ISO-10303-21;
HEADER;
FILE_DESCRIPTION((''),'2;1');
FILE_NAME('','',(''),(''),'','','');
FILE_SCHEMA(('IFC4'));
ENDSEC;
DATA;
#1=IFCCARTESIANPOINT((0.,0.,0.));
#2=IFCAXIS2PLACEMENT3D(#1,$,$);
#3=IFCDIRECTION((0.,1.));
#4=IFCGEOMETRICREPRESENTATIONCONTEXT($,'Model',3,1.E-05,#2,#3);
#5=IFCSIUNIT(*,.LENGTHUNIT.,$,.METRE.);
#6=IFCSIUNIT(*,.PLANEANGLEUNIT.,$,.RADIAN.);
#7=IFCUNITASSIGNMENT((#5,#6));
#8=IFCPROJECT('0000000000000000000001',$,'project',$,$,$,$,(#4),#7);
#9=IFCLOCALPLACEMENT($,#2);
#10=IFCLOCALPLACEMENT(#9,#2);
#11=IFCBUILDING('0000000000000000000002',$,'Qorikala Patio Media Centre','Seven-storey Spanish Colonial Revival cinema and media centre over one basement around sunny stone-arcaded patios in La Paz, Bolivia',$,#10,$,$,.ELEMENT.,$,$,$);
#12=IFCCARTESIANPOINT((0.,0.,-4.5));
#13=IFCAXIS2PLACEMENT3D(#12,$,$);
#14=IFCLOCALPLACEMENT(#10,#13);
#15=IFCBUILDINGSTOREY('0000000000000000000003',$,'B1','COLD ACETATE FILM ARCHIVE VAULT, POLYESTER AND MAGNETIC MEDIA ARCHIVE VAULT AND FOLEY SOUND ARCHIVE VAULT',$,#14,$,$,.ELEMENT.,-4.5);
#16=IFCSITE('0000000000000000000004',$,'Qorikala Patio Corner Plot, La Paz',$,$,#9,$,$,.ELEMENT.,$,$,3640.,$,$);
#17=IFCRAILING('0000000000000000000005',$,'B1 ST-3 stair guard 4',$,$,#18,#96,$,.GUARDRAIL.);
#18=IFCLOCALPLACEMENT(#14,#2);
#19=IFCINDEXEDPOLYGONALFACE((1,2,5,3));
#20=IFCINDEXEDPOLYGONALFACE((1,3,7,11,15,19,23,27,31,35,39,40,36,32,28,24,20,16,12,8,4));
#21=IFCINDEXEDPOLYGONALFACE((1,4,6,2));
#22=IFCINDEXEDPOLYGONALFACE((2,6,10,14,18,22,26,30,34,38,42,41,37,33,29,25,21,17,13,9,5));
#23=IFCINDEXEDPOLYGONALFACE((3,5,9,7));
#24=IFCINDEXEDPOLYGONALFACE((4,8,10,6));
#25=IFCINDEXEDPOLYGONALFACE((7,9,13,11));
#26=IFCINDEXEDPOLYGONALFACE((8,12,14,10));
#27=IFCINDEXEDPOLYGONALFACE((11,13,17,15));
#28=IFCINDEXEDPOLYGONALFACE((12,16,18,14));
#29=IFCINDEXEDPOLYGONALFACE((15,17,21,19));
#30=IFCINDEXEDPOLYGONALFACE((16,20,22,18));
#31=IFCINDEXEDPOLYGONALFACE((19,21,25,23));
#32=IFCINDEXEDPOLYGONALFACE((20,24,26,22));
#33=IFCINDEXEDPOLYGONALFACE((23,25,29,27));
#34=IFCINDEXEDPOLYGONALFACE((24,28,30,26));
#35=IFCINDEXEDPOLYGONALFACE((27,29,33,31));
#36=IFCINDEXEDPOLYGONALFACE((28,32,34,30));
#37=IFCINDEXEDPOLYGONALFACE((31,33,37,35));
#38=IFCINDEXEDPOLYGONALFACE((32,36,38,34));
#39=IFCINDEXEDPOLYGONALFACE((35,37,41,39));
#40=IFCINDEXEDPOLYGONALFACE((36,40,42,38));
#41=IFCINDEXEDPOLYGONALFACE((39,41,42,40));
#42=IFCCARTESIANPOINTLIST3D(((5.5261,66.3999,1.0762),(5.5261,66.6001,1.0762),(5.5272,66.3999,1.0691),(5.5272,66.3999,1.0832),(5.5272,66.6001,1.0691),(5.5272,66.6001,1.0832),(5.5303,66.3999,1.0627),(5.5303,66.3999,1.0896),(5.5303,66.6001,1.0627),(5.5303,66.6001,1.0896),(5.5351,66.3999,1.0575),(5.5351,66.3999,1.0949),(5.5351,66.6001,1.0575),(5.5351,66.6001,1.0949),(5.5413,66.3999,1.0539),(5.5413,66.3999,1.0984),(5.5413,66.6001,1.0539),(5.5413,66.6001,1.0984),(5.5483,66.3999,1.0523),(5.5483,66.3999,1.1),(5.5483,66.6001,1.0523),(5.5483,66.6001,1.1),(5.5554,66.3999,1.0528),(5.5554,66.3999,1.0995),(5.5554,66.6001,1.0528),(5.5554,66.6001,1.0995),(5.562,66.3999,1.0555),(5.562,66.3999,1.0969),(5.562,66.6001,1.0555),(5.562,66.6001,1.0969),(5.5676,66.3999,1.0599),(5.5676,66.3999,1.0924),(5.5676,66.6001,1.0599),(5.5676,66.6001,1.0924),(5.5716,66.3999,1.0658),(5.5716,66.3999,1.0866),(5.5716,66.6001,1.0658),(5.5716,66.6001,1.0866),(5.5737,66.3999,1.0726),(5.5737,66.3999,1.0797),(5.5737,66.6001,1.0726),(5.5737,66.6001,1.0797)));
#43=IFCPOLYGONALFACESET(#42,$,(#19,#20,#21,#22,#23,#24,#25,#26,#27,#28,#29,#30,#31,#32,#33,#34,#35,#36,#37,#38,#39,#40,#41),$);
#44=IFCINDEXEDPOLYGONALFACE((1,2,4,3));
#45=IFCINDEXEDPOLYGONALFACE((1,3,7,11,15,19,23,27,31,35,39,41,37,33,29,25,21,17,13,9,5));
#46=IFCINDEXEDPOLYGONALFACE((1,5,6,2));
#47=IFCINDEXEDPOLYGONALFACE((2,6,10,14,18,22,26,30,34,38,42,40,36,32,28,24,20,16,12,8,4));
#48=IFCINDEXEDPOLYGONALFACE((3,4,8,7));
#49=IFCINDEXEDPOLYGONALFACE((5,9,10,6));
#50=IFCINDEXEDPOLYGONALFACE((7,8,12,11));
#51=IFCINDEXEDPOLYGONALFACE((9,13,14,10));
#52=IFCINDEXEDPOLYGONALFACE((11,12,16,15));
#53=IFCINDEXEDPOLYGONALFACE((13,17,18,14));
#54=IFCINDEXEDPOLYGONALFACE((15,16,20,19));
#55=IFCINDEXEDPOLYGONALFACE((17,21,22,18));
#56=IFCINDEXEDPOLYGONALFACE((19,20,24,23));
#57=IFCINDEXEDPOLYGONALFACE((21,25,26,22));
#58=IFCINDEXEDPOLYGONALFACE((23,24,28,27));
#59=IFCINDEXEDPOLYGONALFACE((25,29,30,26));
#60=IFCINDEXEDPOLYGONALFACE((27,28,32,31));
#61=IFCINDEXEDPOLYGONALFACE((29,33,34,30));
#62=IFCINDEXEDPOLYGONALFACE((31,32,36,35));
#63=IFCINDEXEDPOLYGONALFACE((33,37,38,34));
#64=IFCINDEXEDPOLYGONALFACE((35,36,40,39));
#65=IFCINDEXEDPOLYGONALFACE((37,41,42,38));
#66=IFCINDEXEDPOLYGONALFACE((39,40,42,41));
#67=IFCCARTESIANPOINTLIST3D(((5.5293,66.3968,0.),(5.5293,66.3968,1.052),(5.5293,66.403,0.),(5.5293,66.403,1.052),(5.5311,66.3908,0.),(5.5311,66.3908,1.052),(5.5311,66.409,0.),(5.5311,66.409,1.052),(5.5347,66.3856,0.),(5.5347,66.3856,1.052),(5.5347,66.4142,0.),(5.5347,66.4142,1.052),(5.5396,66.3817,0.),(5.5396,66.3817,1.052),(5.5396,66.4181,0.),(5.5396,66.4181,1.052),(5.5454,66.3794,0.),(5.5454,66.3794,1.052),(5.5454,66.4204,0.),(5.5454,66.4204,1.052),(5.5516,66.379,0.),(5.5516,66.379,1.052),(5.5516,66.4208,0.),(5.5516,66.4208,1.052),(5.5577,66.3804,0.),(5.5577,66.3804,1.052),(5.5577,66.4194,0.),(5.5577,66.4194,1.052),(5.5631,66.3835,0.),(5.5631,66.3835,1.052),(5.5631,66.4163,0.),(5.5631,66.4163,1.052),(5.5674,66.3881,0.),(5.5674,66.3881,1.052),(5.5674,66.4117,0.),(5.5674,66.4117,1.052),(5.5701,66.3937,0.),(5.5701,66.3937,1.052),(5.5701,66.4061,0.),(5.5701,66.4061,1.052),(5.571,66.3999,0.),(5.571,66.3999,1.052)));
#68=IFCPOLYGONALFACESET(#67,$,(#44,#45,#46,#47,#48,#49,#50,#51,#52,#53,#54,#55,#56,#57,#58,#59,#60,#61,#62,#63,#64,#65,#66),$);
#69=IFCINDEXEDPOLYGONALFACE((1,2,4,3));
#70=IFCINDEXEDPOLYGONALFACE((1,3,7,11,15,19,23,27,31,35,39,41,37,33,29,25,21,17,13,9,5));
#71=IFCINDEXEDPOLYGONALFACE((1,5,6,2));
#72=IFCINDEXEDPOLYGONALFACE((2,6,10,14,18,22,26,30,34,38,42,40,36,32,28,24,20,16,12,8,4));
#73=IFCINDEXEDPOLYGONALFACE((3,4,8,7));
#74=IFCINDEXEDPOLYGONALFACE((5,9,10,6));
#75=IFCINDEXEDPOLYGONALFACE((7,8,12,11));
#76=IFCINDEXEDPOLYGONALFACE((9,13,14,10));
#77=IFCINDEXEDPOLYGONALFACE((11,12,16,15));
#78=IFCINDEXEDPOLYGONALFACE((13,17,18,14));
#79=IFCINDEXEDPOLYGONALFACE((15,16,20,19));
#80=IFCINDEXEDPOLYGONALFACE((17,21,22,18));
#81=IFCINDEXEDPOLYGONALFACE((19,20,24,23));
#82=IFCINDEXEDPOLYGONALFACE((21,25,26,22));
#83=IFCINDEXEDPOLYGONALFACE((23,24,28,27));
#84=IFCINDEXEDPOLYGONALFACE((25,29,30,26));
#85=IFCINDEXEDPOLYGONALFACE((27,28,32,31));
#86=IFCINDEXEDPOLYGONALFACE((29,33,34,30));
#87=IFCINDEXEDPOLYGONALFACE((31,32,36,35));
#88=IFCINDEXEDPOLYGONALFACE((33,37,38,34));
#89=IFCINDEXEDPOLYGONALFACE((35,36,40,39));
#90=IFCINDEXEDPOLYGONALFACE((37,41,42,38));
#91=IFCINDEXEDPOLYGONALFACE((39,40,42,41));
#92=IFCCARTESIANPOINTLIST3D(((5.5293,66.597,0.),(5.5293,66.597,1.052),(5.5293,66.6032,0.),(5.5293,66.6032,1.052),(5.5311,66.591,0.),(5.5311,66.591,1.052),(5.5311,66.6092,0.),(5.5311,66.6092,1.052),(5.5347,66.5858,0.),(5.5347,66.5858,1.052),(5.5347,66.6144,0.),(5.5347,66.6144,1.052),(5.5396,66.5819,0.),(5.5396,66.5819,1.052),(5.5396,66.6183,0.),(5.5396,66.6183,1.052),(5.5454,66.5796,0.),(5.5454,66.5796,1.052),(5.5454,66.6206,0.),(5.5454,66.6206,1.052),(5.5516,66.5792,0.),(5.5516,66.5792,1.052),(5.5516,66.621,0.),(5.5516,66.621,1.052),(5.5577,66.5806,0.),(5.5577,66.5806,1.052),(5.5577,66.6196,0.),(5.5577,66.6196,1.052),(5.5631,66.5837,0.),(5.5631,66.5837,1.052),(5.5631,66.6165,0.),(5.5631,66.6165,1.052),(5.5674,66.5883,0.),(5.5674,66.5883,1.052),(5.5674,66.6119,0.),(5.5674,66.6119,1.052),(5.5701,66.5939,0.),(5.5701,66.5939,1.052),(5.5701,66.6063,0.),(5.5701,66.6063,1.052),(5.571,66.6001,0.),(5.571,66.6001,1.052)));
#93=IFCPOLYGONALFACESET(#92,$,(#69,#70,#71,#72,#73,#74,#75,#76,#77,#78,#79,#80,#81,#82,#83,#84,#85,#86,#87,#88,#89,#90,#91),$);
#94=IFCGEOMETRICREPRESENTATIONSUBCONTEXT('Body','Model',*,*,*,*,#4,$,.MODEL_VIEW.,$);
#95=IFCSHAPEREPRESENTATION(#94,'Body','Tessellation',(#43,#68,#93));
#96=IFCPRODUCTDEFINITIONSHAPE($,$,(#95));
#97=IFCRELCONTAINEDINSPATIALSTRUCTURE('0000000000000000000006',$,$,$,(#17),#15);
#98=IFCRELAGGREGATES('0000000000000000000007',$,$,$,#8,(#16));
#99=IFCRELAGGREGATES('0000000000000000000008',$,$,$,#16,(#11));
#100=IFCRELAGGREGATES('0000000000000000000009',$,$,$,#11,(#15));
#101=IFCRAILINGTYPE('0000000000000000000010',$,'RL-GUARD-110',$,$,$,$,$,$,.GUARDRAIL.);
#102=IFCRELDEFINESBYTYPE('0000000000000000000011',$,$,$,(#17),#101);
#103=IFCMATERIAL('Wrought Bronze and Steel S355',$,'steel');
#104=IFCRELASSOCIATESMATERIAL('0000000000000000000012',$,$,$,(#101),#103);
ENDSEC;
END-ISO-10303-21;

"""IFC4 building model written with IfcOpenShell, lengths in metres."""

from ifc_helpers import new_model, si_unit, direction, frame, origin, origin_2d, place, context, subcontext, project, spatial, circle, extrude, material, type_object, element, save


model = new_model("IFC4")

# Units and contexts
model_context = context("Model", 3, precision=1e-05, world=origin(), true_north=direction((0.0, 1.0)))
body_context = subcontext(model_context, "Body", "Model", "MODEL_VIEW")
ifc_project = project(units=[si_unit("LENGTHUNIT", "METRE"), si_unit("PLANEANGLEUNIT", "RADIAN")], contexts=[model_context])

# Site, building, storey
site_placement = place(None, origin())
site = spatial("IfcSite", under=ifc_project, at=site_placement, Name="Qorikala Patio Corner Plot, La Paz", CompositionType="ELEMENT", RefElevation=3640.0)
building_placement = place(site_placement, origin())
building = spatial("IfcBuilding", under=site, at=building_placement, Name="Qorikala Patio Media Centre", Description="Seven-storey Spanish Colonial Revival cinema and media centre over one basement around sunny stone-arcaded patios in La Paz, Bolivia", CompositionType="ELEMENT")
storey_placement = place(building_placement, frame((0.0, 0.0, -4.5)))
storey = spatial("IfcBuildingStorey", under=building, at=storey_placement, Name="B1", Description="COLD ACETATE FILM ARCHIVE VAULT, POLYESTER AND MAGNETIC MEDIA ARCHIVE VAULT AND FOLEY SOUND ARCHIVE VAULT", CompositionType="ELEMENT", Elevation=-4.5)

# Railing
ifc_material_1 = material(Name="Wrought Bronze and Steel S355", Category="steel")
railing_type_1 = type_object("IfcRailingType", Name="RL-GUARD-110", PredefinedType="GUARDRAIL", material=ifc_material_1)
railing_1_placement = place(storey_placement, frame((5.55, 66.3999, 0.0)))
element("IfcRailing", 1, at=railing_1_placement, inside=storey, type_object=railing_type_1, Name="B1 ST-3 stair guard 4", PredefinedType="GUARDRAIL", context=body_context, shape_type="SweptSolid", body=[
    extrude(circle(Radius=0.0239, at=origin_2d()), frame((0.0, 0.0, 1.0762), z_axis=(0.0, 1.0, 0.0), x_axis=(-1.0, 0.0, 0.0)), (0.0, 0.0, 1.0), 0.2002),
    extrude(circle(Radius=0.021, at=origin_2d()), origin(), (0.0, 0.0, 1.0), 1.052),
    extrude(circle(Radius=0.021, at=origin_2d()), frame((0.0, 0.2002, 0.0)), (0.0, 0.0, 1.0), 1.052),
])

save(model, "model.ifc")
